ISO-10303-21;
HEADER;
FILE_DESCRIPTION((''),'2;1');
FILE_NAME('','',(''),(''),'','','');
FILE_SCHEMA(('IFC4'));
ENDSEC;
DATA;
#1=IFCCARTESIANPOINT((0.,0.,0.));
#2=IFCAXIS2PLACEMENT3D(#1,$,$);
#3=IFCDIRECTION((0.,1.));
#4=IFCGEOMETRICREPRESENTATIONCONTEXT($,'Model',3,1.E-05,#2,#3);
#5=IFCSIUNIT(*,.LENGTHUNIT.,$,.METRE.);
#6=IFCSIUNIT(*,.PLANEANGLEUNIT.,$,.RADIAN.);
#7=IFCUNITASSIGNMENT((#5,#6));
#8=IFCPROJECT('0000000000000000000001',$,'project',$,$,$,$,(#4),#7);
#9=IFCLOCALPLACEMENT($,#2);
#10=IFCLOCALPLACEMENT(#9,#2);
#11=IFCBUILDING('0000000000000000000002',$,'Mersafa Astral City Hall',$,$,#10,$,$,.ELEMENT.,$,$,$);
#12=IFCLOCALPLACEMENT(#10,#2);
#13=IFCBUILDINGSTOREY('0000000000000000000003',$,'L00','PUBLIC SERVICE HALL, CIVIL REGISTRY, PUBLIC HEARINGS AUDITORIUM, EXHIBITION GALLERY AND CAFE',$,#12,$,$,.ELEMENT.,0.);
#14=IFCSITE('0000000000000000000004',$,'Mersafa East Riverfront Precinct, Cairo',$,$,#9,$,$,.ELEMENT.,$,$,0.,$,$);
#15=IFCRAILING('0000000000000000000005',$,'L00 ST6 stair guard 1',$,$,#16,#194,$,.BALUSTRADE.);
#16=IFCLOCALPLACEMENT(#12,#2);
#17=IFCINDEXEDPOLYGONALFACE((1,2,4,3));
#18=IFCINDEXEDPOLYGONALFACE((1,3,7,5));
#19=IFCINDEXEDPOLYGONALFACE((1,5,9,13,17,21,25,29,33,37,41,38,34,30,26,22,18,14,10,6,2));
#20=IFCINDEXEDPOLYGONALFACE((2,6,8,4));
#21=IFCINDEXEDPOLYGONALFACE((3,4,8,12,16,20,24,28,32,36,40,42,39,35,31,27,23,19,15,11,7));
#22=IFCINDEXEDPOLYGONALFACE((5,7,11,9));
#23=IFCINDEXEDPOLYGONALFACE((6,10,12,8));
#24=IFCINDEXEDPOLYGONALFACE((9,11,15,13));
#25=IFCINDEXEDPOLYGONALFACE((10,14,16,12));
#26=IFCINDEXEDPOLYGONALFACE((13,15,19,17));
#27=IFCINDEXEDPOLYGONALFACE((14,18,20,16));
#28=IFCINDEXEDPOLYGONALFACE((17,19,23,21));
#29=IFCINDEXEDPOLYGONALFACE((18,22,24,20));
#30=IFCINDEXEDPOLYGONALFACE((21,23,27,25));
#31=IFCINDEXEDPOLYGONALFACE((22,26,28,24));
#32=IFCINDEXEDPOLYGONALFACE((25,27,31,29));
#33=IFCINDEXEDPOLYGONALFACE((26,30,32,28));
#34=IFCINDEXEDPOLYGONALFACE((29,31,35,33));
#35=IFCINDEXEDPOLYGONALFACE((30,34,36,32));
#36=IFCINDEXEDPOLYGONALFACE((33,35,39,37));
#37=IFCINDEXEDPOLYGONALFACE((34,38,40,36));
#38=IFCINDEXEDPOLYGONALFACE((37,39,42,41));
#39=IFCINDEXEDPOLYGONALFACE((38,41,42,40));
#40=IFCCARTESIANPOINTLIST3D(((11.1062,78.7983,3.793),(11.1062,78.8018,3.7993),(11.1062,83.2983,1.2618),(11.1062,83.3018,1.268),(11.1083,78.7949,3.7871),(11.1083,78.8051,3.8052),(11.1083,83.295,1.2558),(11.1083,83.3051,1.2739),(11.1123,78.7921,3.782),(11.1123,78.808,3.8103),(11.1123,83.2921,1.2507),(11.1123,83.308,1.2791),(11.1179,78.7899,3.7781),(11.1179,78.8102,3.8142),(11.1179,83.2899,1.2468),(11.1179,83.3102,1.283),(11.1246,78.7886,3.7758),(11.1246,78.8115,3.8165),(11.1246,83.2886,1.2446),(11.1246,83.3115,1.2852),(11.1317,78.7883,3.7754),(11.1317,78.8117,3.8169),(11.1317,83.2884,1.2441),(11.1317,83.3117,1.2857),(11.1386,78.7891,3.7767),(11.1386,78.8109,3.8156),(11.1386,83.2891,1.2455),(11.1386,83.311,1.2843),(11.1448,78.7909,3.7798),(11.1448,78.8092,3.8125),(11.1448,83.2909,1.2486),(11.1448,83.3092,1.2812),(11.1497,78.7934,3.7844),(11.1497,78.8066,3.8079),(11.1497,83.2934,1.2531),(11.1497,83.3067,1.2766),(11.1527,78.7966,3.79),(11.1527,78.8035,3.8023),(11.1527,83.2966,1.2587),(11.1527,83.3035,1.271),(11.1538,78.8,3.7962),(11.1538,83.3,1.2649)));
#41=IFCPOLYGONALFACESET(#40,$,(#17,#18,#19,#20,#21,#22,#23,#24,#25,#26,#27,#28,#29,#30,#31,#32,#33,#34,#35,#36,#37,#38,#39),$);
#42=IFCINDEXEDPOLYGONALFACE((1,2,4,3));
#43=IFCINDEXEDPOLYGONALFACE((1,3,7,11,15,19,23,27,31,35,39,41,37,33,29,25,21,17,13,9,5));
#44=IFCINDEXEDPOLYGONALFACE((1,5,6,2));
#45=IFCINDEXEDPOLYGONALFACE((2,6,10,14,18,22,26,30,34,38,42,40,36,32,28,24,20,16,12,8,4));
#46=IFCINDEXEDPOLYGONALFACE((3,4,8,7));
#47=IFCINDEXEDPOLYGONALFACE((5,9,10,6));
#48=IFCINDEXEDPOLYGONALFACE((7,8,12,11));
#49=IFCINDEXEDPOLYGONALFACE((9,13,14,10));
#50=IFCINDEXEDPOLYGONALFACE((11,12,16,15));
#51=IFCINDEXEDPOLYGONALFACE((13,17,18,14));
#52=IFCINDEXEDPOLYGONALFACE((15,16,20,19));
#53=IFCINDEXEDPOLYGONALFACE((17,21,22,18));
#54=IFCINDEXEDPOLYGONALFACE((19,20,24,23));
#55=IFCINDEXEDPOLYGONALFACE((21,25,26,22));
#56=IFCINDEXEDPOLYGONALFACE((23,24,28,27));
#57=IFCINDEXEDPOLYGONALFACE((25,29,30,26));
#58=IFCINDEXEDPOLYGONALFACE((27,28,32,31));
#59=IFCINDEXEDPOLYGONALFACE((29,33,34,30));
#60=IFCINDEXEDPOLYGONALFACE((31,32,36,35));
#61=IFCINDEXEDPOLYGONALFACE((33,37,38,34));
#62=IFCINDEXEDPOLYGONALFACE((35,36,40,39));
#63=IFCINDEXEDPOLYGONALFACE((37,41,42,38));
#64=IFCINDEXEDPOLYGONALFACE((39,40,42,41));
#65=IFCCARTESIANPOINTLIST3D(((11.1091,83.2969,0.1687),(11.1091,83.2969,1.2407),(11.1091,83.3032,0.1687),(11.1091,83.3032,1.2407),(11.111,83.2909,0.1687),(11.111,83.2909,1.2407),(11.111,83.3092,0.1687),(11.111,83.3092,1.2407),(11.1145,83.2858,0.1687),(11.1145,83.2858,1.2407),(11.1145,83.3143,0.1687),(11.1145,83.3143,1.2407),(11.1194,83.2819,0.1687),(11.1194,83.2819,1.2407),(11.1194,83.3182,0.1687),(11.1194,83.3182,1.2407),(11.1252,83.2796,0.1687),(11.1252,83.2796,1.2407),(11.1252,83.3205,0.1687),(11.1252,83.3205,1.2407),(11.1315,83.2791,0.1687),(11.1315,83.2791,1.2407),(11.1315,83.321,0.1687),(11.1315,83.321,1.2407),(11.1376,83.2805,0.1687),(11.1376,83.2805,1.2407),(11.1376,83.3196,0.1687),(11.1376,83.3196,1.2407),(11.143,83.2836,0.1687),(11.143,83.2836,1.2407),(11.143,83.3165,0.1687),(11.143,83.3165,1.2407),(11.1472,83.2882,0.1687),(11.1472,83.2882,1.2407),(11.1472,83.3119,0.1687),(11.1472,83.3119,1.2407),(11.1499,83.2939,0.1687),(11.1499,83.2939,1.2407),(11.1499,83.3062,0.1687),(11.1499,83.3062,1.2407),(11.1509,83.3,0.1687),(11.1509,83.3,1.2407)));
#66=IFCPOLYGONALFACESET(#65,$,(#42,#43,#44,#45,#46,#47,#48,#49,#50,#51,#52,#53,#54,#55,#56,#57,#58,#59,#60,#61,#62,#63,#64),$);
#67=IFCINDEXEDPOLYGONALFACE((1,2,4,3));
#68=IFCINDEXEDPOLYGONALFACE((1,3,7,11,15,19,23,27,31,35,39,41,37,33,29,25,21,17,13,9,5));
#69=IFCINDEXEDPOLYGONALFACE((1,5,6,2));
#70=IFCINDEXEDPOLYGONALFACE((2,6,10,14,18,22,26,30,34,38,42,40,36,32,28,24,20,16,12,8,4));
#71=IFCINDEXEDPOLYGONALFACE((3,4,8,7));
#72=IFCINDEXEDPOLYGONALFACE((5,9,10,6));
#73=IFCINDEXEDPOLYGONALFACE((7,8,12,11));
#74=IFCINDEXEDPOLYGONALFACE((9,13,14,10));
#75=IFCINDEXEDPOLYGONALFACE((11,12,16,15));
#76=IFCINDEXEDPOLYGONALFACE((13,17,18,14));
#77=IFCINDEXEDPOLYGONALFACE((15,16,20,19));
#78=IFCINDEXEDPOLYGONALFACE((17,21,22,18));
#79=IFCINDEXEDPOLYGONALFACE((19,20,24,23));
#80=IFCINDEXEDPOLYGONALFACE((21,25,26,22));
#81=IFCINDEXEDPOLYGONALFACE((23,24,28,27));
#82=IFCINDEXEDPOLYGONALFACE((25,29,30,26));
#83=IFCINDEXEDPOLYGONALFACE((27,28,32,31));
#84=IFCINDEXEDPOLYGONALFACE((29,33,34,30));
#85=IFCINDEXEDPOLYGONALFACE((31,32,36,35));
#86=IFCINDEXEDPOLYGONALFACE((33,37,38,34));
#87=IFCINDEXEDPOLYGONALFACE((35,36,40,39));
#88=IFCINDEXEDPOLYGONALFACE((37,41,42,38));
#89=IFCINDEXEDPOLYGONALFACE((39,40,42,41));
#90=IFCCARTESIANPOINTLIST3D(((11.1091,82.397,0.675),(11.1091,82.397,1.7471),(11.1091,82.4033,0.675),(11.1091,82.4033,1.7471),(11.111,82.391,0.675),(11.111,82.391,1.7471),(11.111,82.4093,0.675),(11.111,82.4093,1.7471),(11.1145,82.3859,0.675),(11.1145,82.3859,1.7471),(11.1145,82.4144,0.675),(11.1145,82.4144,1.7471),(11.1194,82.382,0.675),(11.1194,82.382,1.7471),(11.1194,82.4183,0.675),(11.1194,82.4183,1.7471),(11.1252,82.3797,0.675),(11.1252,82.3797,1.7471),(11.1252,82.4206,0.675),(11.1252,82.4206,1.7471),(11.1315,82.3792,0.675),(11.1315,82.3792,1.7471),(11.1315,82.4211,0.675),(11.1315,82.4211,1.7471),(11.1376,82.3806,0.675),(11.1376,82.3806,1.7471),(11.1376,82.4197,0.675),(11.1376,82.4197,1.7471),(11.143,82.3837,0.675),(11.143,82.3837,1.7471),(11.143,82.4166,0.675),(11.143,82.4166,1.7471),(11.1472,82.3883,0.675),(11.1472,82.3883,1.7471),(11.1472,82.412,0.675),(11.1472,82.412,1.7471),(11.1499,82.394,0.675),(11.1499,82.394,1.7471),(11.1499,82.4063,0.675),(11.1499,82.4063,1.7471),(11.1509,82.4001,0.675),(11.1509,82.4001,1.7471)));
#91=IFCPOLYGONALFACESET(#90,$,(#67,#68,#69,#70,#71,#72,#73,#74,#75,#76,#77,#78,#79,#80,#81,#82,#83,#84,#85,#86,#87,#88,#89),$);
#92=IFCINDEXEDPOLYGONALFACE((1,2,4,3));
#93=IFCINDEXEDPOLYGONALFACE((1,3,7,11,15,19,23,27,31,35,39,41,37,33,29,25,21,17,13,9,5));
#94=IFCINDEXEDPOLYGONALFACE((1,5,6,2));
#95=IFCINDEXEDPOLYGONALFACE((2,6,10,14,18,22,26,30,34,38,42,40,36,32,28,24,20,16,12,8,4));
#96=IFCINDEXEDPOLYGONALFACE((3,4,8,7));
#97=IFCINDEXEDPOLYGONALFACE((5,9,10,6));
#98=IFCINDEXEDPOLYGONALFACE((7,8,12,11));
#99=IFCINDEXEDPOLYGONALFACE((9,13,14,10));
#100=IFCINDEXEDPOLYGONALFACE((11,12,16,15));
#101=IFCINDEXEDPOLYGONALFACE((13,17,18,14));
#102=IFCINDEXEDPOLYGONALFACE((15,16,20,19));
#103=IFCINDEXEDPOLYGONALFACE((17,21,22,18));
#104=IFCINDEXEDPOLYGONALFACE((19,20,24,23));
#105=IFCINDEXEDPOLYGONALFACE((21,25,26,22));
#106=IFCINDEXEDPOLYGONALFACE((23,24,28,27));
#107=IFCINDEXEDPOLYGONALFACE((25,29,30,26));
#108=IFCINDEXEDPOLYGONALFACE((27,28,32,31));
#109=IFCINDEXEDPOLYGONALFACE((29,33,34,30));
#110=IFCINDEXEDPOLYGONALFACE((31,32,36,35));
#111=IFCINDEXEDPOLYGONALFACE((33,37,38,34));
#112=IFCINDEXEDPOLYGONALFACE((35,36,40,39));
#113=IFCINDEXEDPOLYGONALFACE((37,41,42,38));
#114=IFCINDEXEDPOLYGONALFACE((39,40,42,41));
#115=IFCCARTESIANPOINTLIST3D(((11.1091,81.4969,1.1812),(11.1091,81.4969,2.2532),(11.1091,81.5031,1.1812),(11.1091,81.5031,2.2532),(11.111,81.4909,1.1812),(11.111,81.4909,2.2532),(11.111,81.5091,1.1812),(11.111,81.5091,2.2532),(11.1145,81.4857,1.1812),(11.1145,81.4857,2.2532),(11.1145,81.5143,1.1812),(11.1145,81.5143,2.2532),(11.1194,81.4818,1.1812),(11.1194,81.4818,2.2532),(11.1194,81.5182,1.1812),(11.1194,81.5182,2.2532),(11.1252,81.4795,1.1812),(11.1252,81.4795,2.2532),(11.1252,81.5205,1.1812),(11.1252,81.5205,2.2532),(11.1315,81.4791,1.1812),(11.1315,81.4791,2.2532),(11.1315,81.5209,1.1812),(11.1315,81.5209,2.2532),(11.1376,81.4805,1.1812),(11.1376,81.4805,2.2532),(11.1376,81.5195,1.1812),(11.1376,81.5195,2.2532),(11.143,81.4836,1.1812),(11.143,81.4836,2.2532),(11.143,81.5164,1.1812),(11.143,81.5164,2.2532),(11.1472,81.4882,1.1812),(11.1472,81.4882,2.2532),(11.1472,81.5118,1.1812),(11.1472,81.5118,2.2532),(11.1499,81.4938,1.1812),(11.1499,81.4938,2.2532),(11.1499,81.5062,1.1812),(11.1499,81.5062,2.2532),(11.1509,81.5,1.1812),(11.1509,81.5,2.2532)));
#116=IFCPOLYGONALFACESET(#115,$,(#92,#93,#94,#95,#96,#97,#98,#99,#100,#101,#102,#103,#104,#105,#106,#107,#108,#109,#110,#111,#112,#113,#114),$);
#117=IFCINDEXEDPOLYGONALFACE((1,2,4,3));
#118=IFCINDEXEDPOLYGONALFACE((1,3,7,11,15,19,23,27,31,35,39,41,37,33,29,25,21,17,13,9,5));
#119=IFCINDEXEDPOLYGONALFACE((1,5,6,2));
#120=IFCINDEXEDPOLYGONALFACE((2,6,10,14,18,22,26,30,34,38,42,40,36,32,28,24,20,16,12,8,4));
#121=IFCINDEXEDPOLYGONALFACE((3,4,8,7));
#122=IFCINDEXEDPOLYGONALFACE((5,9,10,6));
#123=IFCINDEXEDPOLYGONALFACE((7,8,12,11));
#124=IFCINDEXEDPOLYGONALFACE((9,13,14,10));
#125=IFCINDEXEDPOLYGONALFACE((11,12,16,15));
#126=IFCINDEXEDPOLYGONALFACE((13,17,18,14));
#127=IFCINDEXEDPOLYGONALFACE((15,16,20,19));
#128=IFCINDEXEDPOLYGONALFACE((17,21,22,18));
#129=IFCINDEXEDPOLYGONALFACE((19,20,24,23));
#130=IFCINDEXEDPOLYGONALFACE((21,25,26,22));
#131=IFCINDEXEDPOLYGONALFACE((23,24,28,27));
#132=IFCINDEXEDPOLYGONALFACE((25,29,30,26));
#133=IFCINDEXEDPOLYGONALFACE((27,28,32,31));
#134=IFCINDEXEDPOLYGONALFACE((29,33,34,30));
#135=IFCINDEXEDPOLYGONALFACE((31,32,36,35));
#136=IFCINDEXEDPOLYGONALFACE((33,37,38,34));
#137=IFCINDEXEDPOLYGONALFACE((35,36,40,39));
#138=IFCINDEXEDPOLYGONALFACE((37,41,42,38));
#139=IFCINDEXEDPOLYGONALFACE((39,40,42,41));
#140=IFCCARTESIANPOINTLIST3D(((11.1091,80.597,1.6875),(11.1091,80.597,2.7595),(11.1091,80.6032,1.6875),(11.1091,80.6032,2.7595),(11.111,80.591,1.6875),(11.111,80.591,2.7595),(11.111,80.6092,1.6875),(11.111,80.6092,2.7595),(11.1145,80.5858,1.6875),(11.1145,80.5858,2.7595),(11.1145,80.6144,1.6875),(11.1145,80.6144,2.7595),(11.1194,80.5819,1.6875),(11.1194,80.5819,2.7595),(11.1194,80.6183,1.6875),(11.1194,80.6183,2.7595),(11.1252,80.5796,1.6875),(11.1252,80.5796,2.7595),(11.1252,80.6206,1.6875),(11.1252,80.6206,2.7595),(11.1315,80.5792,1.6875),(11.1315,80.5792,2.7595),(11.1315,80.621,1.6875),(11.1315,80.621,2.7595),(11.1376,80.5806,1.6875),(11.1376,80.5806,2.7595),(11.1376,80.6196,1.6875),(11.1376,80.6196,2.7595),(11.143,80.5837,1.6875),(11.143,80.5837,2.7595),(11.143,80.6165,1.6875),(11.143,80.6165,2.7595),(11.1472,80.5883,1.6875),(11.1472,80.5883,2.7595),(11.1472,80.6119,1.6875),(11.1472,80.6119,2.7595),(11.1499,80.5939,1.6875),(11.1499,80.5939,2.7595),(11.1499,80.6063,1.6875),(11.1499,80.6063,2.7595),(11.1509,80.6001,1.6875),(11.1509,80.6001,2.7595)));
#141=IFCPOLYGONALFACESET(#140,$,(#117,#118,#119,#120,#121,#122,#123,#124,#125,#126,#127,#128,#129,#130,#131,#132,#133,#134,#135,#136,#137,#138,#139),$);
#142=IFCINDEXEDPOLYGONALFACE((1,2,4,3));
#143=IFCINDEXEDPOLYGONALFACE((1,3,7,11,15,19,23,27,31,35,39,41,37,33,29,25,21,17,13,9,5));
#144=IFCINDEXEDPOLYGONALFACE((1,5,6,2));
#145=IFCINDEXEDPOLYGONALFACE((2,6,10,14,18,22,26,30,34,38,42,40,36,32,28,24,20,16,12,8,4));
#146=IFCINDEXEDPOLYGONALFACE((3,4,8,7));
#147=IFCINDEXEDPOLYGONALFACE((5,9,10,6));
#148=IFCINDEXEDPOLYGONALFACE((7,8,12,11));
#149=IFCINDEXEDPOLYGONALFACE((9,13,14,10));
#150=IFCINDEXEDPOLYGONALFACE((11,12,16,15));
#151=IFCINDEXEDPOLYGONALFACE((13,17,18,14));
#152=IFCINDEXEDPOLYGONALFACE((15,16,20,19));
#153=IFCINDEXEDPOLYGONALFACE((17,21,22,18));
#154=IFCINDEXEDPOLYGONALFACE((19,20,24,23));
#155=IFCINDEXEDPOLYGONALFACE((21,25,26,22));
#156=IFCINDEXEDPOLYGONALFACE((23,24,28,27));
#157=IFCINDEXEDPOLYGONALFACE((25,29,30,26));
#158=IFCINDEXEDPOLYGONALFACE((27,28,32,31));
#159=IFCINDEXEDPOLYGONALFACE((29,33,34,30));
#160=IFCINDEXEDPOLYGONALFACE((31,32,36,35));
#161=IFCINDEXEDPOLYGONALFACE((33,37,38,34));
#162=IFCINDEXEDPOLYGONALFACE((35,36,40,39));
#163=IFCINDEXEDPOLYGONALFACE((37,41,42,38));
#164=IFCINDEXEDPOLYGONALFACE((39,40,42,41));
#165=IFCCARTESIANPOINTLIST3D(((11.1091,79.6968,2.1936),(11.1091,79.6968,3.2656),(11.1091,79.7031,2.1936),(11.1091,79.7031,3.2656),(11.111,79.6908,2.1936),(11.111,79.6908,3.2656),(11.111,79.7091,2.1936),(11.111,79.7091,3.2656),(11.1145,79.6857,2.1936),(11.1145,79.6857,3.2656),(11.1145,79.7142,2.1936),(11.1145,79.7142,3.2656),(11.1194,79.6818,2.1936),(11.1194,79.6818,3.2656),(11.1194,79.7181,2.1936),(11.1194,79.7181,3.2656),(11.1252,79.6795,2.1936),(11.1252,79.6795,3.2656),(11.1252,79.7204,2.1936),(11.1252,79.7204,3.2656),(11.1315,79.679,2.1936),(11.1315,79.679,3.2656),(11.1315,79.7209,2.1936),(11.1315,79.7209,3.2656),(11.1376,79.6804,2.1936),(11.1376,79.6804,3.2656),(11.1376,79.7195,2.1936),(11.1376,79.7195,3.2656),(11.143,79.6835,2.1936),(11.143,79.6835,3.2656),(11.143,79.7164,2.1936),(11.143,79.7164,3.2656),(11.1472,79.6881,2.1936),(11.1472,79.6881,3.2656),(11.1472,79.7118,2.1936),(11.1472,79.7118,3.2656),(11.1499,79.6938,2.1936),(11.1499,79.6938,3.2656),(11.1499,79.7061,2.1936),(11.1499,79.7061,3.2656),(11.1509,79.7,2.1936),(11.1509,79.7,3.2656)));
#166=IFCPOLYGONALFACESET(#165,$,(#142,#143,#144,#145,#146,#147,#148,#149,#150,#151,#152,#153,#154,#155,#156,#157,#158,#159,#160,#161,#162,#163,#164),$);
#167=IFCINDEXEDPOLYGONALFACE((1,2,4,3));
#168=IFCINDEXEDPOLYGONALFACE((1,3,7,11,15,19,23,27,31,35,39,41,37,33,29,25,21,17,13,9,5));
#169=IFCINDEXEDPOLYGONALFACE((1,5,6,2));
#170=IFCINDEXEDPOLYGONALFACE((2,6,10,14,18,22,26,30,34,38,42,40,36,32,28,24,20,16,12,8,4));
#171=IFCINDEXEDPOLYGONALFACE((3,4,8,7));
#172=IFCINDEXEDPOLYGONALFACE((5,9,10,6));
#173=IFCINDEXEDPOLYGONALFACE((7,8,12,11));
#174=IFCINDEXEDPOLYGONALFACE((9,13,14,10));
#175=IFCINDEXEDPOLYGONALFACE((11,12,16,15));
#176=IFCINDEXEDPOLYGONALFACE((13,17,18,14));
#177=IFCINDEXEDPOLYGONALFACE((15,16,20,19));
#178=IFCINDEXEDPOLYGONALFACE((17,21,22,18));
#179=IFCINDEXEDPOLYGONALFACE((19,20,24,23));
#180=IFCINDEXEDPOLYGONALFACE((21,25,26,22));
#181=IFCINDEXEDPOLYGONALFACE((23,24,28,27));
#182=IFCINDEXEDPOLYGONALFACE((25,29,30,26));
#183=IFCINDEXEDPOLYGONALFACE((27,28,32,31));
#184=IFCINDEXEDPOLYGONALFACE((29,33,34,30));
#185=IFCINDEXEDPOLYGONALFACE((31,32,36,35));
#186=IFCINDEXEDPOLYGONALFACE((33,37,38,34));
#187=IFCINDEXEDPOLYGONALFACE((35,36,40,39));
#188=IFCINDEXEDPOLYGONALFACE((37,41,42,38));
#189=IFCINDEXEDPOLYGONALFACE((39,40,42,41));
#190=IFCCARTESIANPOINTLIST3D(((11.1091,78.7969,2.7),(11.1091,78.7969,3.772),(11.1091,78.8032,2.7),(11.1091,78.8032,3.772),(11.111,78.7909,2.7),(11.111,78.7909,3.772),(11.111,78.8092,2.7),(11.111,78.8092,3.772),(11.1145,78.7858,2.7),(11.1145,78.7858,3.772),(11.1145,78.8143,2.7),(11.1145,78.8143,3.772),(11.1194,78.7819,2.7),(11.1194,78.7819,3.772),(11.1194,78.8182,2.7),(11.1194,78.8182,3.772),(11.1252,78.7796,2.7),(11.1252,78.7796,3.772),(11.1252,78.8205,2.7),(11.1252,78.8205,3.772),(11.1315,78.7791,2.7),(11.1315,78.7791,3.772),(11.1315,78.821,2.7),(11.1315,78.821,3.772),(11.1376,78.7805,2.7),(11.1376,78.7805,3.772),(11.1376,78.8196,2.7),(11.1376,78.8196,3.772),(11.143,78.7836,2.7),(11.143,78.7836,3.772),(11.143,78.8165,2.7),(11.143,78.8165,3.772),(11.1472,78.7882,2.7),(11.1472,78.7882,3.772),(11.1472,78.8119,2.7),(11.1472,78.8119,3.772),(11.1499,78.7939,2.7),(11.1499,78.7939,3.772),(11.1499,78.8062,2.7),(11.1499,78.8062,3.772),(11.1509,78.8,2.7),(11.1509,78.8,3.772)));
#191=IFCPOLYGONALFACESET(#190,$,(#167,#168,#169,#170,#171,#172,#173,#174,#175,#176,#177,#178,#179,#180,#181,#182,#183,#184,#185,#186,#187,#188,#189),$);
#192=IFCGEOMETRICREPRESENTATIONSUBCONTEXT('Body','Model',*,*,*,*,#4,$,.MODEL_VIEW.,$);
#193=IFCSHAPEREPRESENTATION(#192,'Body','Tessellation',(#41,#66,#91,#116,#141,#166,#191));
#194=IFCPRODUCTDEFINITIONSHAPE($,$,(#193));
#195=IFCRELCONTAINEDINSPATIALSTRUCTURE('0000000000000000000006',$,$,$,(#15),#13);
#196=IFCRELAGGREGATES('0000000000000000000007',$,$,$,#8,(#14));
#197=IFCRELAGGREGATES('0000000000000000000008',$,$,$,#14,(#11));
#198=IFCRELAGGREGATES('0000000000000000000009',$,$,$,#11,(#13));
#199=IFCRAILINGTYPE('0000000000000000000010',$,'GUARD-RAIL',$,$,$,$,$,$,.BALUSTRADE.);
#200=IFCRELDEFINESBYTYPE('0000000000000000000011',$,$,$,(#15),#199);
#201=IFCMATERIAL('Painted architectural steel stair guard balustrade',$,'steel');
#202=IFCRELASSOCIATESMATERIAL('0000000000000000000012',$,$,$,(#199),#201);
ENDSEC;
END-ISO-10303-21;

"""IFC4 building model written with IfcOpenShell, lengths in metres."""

from ifc_helpers import new_model, si_unit, direction, frame, origin, origin_2d, place, context, subcontext, project, spatial, circle, extrude, material, type_object, element, save


model = new_model("IFC4")

# Units and contexts
model_context = context("Model", 3, precision=1e-05, world=origin(), true_north=direction((0.0, 1.0)))
body_context = subcontext(model_context, "Body", "Model", "MODEL_VIEW")
ifc_project = project(units=[si_unit("LENGTHUNIT", "METRE"), si_unit("PLANEANGLEUNIT", "RADIAN")], contexts=[model_context])

# Site, building, storey
site_placement = place(None, origin())
site = spatial("IfcSite", under=ifc_project, at=site_placement, Name="Mersafa East Riverfront Precinct, Cairo", CompositionType="ELEMENT", RefElevation=0.0)
building_placement = place(site_placement, origin())
building = spatial("IfcBuilding", under=site, at=building_placement, Name="Mersafa Astral City Hall", CompositionType="ELEMENT")
storey_placement = place(building_placement, origin())
storey = spatial("IfcBuildingStorey", under=building, at=storey_placement, Name="L00", Description="PUBLIC SERVICE HALL, CIVIL REGISTRY, PUBLIC HEARINGS AUDITORIUM, EXHIBITION GALLERY AND CAFE", CompositionType="ELEMENT", Elevation=0.0)

# Railing
ifc_material_1 = material(Name="Painted architectural steel stair guard balustrade", Category="steel")
railing_type_1 = type_object("IfcRailingType", Name="GUARD-RAIL", PredefinedType="BALUSTRADE", material=ifc_material_1)
railing_1_placement = place(storey_placement, frame((11.1299, 83.3, 0.1687)))
element("IfcRailing", 1, at=railing_1_placement, inside=storey, type_object=railing_type_1, Name="L00 ST6 stair guard 1", PredefinedType="BALUSTRADE", context=body_context, shape_type="SweptSolid", body=[
    extrude(circle(Radius=0.0239, at=origin_2d()), frame((0.0, 0.0, 1.0962), z_axis=(0.0, -0.871576, 0.490261), x_axis=(1.0, 0.0, 0.0)), (0.0, 0.0, 1.0), 5.1631),
    extrude(circle(Radius=0.021, at=origin_2d()), origin(), (0.0, 0.0, 1.0), 1.072),
    extrude(circle(Radius=0.021, at=origin_2d()), frame((0.0, -0.8999, 0.5063)), (0.0, 0.0, 1.0), 1.072),
    extrude(circle(Radius=0.021, at=origin_2d()), frame((0.0, -1.8, 1.0125)), (0.0, 0.0, 1.0), 1.072),
    extrude(circle(Radius=0.021, at=origin_2d()), frame((0.0, -2.7, 1.5188)), (0.0, 0.0, 1.0), 1.072),
    extrude(circle(Radius=0.021, at=origin_2d()), frame((0.0, -3.6001, 2.0249)), (0.0, 0.0, 1.0), 1.072),
    extrude(circle(Radius=0.021, at=origin_2d()), frame((0.0, -4.5, 2.5312)), (0.0, 0.0, 1.0), 1.072),
])

save(model, "model.ifc")
